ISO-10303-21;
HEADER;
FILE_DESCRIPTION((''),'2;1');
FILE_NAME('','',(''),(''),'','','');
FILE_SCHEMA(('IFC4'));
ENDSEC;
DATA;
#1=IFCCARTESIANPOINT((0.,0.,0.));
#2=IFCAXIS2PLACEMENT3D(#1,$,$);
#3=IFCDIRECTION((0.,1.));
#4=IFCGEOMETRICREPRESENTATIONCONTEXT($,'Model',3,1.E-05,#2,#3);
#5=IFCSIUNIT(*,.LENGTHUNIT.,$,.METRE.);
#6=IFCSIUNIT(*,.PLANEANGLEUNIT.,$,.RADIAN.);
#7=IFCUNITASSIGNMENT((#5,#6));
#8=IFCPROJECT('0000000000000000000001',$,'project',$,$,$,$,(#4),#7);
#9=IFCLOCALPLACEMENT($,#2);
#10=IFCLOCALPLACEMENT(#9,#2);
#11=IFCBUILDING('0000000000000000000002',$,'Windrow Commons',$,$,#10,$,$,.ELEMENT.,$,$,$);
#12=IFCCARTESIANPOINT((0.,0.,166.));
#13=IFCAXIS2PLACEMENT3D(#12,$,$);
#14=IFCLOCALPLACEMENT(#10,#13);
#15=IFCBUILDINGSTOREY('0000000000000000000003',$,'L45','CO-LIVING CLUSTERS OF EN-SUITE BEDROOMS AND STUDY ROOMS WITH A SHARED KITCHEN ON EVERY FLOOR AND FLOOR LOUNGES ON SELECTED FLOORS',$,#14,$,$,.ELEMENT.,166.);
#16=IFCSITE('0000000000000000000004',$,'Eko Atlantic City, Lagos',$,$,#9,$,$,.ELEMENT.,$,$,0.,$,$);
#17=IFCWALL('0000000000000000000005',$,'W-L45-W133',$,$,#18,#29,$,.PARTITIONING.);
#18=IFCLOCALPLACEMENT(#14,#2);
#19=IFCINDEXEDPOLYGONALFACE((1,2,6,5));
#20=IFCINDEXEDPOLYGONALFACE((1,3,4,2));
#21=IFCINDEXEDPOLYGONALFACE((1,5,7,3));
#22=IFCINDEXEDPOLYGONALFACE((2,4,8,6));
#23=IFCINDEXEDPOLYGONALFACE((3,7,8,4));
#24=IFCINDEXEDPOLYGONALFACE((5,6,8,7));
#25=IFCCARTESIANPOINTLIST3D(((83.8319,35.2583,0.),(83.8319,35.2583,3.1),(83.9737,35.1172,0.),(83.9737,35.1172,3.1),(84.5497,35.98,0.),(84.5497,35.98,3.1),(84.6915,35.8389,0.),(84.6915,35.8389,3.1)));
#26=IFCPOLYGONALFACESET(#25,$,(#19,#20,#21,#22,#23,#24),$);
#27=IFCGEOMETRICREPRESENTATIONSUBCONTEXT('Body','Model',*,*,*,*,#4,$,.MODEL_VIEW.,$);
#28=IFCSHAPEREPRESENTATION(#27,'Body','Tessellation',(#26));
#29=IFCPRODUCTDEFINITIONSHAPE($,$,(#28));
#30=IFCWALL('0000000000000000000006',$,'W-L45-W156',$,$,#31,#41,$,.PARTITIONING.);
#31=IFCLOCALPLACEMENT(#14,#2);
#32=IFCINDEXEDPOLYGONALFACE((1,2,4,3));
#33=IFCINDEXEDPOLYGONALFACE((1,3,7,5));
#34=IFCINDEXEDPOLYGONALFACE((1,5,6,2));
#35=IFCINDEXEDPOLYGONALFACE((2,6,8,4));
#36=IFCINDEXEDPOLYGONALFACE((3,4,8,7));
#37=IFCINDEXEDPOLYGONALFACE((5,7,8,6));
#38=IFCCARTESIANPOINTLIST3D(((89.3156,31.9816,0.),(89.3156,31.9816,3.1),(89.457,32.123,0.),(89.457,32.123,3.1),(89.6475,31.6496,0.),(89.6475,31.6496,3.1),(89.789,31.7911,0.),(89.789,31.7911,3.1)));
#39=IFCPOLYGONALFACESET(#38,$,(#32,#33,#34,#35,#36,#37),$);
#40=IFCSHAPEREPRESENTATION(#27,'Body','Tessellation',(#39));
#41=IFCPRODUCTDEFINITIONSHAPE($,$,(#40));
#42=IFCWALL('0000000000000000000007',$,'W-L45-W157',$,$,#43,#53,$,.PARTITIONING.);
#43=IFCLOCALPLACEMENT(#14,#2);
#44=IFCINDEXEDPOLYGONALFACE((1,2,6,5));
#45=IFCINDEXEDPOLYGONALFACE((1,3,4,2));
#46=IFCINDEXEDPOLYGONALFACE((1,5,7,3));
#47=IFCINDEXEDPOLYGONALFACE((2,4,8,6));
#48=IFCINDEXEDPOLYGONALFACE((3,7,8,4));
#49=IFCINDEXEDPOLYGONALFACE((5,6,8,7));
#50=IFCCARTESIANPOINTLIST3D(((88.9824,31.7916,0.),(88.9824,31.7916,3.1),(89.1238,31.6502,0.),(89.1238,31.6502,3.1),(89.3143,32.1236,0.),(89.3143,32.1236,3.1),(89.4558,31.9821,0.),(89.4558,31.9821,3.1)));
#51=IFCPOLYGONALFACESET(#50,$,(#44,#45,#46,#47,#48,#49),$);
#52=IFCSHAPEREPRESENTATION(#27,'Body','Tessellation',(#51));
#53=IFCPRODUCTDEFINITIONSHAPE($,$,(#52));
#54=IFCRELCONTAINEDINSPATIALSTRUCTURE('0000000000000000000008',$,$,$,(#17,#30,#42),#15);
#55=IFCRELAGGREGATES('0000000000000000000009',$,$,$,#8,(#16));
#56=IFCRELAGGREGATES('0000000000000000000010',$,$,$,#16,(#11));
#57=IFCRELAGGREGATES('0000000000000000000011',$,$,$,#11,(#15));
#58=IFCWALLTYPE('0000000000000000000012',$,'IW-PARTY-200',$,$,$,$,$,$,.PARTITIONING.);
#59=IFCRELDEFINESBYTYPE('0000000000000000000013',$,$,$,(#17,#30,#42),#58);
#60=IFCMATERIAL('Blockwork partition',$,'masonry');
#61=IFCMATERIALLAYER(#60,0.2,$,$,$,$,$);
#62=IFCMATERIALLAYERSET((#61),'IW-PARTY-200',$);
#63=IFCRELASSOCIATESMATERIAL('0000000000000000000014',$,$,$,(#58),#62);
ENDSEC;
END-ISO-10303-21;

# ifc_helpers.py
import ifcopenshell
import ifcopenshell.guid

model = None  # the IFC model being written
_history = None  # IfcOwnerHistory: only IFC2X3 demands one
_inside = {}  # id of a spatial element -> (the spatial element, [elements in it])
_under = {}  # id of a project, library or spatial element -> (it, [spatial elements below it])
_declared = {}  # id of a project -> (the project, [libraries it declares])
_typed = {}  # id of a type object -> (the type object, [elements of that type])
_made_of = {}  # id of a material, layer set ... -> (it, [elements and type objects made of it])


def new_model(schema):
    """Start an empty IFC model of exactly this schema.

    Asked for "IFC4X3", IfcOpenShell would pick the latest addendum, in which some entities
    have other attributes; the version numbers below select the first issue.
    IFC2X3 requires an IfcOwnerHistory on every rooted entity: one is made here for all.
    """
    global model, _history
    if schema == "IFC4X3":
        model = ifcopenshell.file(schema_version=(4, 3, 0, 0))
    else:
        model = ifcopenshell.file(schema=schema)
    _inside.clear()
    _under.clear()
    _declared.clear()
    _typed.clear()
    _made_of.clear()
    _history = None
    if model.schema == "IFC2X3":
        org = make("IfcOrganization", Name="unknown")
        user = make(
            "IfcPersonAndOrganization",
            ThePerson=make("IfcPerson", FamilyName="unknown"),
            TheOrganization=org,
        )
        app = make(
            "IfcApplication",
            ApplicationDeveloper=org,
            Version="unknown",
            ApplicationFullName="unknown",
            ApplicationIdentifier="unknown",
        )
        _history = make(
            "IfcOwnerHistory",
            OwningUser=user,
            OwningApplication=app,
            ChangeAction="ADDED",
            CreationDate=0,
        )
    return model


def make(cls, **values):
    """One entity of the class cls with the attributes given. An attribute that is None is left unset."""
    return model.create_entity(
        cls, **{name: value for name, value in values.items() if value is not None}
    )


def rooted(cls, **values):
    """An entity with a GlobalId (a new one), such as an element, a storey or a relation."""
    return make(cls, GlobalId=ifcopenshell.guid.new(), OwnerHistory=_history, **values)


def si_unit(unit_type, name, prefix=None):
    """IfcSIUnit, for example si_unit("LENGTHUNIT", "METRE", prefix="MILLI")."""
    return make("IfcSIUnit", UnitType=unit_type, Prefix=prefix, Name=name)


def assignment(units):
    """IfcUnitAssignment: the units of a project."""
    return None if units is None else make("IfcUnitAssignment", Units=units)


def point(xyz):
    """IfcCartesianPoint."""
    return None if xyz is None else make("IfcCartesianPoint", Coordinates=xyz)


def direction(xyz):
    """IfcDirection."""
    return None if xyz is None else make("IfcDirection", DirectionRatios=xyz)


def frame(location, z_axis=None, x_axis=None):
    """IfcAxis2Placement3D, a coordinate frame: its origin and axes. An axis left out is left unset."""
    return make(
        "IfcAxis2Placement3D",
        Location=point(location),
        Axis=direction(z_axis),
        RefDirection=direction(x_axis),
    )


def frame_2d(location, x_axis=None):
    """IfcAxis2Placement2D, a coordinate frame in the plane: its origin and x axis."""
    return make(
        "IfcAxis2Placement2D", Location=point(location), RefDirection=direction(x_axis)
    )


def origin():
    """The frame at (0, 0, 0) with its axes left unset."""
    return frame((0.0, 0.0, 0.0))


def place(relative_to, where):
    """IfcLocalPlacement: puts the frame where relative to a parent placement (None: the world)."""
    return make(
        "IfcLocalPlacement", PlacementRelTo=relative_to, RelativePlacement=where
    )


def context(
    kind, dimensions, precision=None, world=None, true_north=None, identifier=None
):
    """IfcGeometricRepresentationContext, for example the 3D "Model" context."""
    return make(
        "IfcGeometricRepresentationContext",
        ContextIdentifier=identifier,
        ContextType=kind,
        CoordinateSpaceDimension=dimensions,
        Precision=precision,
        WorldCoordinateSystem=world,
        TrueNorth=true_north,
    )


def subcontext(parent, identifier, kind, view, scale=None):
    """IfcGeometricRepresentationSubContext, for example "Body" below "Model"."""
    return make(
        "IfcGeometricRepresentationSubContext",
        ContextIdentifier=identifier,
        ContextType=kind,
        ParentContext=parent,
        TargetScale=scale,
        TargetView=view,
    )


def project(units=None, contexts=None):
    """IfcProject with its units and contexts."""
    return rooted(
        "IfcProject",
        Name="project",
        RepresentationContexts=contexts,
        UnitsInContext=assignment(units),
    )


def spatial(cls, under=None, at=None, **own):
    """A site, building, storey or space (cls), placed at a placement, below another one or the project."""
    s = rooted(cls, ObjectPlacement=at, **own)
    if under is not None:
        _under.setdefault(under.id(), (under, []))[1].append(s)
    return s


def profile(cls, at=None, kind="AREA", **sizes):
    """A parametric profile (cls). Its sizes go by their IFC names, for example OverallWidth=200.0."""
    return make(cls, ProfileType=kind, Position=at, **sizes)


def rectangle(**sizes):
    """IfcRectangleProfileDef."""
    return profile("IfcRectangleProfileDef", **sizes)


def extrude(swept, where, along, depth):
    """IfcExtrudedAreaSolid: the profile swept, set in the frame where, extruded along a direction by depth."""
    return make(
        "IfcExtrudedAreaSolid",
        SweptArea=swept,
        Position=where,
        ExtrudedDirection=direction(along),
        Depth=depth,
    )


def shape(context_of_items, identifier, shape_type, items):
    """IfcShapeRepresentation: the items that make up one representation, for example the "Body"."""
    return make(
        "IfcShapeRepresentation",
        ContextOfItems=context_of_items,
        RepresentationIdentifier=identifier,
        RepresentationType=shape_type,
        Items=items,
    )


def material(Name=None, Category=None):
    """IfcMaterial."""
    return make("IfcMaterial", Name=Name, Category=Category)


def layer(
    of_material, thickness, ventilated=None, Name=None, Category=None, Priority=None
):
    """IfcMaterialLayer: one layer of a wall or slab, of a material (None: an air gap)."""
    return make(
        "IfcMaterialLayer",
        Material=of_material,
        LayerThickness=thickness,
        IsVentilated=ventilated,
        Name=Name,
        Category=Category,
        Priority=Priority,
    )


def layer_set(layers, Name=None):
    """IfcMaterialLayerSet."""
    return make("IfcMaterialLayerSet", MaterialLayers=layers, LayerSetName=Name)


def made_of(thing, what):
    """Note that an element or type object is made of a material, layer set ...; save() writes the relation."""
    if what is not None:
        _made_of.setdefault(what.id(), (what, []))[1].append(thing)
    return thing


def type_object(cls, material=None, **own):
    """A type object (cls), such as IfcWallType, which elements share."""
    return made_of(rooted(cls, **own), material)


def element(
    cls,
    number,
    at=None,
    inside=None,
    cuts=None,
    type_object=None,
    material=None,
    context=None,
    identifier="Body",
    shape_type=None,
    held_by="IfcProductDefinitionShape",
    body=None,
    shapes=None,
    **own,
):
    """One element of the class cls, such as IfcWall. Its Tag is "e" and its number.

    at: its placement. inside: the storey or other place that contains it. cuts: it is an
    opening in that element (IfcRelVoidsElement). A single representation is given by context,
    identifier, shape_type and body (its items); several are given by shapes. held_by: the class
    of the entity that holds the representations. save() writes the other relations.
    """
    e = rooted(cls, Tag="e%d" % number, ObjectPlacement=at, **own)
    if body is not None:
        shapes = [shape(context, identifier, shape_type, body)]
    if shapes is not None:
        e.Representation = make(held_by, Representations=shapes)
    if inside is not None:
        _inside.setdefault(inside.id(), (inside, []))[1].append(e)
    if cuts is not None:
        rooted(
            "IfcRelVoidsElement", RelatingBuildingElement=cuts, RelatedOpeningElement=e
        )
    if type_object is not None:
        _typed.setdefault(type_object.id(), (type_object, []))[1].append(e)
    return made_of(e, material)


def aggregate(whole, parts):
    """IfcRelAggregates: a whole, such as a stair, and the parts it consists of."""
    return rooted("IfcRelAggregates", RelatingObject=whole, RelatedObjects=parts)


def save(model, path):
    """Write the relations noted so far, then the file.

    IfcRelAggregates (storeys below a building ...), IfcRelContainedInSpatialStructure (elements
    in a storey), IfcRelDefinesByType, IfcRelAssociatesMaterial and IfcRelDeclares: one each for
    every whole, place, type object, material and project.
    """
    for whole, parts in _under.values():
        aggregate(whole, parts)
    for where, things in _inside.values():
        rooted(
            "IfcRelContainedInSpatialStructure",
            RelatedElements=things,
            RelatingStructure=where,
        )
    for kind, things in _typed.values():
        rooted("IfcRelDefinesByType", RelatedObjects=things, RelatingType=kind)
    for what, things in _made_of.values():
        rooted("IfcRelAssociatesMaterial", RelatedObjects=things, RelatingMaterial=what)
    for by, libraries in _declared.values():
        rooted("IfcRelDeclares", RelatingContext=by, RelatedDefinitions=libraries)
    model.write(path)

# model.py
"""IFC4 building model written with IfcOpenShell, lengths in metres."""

from ifc_helpers import new_model, si_unit, direction, frame, frame_2d, origin, place, context, subcontext, project, spatial, rectangle, extrude, material, layer, layer_set, type_object, element, save


model = new_model("IFC4")

# Units and contexts
model_context = context("Model", 3, precision=1e-05, world=origin(), true_north=direction((0.0, 1.0)))
body_context = subcontext(model_context, "Body", "Model", "MODEL_VIEW")
ifc_project = project(units=[si_unit("LENGTHUNIT", "METRE"), si_unit("PLANEANGLEUNIT", "RADIAN")], contexts=[model_context])

# Site, building, storey
site_placement = place(None, origin())
site = spatial("IfcSite", under=ifc_project, at=site_placement, Name="Eko Atlantic City, Lagos", CompositionType="ELEMENT", RefElevation=0.0)
building_placement = place(site_placement, origin())
building = spatial("IfcBuilding", under=site, at=building_placement, Name="Windrow Commons", CompositionType="ELEMENT")
storey_placement = place(building_placement, frame((0.0, 0.0, 166.0)))
storey = spatial("IfcBuildingStorey", under=building, at=storey_placement, Name="L45", Description="CO-LIVING CLUSTERS OF EN-SUITE BEDROOMS AND STUDY ROOMS WITH A SHARED KITCHEN ON EVERY FLOOR AND FLOOR LOUNGES ON SELECTED FLOORS", CompositionType="ELEMENT", Elevation=166.0)

# Walls
ifc_material_1 = material(Name="Blockwork partition", Category="masonry")
ifc_layer_1 = layer(ifc_material_1, 0.2)
ifc_layer_set_1 = layer_set([ifc_layer_1], Name="IW-PARTY-200")
wall_type_1 = type_object("IfcWallType", Name="IW-PARTY-200", PredefinedType="PARTITIONING", material=ifc_layer_set_1)
wall_1_placement = place(storey_placement, frame((83.9028, 35.1877, 0.0), z_axis=(0.0, 0.0, 1.0), x_axis=(0.705188, 0.70902, 0.0)))
element("IfcWall", 1, at=wall_1_placement, inside=storey, type_object=wall_type_1, Name="W-L45-W133", PredefinedType="PARTITIONING", context=body_context, shape_type="SweptSolid", body=[
    extrude(rectangle(XDim=1.0179, YDim=0.2, at=frame_2d((0.509, 0.0))), origin(), (0.0, 0.0, 1.0), 3.1),
])
for number, where, z_axis, x_axis, name in (
    (2, (89.3863, 32.0523, 0.0), (0.0, 0.0, 1.0), (0.707107, -0.707107, 0.0), "W-L45-W156"),
    (3, (89.0531, 31.7209, 0.0), (0.0, 0.0, 1.0), (0.707107, 0.707107, 0.0), "W-L45-W157"),
):
    element("IfcWall", number, at=place(storey_placement, frame(where, z_axis=z_axis, x_axis=x_axis)), inside=storey, type_object=wall_type_1, Name=name, PredefinedType="PARTITIONING", context=body_context, shape_type="SweptSolid", body=[
        extrude(rectangle(XDim=0.4695, YDim=0.2, at=frame_2d((0.2347, 0.0))), origin(), (0.0, 0.0, 1.0), 3.1),
    ])

save(model, "model.ifc")
